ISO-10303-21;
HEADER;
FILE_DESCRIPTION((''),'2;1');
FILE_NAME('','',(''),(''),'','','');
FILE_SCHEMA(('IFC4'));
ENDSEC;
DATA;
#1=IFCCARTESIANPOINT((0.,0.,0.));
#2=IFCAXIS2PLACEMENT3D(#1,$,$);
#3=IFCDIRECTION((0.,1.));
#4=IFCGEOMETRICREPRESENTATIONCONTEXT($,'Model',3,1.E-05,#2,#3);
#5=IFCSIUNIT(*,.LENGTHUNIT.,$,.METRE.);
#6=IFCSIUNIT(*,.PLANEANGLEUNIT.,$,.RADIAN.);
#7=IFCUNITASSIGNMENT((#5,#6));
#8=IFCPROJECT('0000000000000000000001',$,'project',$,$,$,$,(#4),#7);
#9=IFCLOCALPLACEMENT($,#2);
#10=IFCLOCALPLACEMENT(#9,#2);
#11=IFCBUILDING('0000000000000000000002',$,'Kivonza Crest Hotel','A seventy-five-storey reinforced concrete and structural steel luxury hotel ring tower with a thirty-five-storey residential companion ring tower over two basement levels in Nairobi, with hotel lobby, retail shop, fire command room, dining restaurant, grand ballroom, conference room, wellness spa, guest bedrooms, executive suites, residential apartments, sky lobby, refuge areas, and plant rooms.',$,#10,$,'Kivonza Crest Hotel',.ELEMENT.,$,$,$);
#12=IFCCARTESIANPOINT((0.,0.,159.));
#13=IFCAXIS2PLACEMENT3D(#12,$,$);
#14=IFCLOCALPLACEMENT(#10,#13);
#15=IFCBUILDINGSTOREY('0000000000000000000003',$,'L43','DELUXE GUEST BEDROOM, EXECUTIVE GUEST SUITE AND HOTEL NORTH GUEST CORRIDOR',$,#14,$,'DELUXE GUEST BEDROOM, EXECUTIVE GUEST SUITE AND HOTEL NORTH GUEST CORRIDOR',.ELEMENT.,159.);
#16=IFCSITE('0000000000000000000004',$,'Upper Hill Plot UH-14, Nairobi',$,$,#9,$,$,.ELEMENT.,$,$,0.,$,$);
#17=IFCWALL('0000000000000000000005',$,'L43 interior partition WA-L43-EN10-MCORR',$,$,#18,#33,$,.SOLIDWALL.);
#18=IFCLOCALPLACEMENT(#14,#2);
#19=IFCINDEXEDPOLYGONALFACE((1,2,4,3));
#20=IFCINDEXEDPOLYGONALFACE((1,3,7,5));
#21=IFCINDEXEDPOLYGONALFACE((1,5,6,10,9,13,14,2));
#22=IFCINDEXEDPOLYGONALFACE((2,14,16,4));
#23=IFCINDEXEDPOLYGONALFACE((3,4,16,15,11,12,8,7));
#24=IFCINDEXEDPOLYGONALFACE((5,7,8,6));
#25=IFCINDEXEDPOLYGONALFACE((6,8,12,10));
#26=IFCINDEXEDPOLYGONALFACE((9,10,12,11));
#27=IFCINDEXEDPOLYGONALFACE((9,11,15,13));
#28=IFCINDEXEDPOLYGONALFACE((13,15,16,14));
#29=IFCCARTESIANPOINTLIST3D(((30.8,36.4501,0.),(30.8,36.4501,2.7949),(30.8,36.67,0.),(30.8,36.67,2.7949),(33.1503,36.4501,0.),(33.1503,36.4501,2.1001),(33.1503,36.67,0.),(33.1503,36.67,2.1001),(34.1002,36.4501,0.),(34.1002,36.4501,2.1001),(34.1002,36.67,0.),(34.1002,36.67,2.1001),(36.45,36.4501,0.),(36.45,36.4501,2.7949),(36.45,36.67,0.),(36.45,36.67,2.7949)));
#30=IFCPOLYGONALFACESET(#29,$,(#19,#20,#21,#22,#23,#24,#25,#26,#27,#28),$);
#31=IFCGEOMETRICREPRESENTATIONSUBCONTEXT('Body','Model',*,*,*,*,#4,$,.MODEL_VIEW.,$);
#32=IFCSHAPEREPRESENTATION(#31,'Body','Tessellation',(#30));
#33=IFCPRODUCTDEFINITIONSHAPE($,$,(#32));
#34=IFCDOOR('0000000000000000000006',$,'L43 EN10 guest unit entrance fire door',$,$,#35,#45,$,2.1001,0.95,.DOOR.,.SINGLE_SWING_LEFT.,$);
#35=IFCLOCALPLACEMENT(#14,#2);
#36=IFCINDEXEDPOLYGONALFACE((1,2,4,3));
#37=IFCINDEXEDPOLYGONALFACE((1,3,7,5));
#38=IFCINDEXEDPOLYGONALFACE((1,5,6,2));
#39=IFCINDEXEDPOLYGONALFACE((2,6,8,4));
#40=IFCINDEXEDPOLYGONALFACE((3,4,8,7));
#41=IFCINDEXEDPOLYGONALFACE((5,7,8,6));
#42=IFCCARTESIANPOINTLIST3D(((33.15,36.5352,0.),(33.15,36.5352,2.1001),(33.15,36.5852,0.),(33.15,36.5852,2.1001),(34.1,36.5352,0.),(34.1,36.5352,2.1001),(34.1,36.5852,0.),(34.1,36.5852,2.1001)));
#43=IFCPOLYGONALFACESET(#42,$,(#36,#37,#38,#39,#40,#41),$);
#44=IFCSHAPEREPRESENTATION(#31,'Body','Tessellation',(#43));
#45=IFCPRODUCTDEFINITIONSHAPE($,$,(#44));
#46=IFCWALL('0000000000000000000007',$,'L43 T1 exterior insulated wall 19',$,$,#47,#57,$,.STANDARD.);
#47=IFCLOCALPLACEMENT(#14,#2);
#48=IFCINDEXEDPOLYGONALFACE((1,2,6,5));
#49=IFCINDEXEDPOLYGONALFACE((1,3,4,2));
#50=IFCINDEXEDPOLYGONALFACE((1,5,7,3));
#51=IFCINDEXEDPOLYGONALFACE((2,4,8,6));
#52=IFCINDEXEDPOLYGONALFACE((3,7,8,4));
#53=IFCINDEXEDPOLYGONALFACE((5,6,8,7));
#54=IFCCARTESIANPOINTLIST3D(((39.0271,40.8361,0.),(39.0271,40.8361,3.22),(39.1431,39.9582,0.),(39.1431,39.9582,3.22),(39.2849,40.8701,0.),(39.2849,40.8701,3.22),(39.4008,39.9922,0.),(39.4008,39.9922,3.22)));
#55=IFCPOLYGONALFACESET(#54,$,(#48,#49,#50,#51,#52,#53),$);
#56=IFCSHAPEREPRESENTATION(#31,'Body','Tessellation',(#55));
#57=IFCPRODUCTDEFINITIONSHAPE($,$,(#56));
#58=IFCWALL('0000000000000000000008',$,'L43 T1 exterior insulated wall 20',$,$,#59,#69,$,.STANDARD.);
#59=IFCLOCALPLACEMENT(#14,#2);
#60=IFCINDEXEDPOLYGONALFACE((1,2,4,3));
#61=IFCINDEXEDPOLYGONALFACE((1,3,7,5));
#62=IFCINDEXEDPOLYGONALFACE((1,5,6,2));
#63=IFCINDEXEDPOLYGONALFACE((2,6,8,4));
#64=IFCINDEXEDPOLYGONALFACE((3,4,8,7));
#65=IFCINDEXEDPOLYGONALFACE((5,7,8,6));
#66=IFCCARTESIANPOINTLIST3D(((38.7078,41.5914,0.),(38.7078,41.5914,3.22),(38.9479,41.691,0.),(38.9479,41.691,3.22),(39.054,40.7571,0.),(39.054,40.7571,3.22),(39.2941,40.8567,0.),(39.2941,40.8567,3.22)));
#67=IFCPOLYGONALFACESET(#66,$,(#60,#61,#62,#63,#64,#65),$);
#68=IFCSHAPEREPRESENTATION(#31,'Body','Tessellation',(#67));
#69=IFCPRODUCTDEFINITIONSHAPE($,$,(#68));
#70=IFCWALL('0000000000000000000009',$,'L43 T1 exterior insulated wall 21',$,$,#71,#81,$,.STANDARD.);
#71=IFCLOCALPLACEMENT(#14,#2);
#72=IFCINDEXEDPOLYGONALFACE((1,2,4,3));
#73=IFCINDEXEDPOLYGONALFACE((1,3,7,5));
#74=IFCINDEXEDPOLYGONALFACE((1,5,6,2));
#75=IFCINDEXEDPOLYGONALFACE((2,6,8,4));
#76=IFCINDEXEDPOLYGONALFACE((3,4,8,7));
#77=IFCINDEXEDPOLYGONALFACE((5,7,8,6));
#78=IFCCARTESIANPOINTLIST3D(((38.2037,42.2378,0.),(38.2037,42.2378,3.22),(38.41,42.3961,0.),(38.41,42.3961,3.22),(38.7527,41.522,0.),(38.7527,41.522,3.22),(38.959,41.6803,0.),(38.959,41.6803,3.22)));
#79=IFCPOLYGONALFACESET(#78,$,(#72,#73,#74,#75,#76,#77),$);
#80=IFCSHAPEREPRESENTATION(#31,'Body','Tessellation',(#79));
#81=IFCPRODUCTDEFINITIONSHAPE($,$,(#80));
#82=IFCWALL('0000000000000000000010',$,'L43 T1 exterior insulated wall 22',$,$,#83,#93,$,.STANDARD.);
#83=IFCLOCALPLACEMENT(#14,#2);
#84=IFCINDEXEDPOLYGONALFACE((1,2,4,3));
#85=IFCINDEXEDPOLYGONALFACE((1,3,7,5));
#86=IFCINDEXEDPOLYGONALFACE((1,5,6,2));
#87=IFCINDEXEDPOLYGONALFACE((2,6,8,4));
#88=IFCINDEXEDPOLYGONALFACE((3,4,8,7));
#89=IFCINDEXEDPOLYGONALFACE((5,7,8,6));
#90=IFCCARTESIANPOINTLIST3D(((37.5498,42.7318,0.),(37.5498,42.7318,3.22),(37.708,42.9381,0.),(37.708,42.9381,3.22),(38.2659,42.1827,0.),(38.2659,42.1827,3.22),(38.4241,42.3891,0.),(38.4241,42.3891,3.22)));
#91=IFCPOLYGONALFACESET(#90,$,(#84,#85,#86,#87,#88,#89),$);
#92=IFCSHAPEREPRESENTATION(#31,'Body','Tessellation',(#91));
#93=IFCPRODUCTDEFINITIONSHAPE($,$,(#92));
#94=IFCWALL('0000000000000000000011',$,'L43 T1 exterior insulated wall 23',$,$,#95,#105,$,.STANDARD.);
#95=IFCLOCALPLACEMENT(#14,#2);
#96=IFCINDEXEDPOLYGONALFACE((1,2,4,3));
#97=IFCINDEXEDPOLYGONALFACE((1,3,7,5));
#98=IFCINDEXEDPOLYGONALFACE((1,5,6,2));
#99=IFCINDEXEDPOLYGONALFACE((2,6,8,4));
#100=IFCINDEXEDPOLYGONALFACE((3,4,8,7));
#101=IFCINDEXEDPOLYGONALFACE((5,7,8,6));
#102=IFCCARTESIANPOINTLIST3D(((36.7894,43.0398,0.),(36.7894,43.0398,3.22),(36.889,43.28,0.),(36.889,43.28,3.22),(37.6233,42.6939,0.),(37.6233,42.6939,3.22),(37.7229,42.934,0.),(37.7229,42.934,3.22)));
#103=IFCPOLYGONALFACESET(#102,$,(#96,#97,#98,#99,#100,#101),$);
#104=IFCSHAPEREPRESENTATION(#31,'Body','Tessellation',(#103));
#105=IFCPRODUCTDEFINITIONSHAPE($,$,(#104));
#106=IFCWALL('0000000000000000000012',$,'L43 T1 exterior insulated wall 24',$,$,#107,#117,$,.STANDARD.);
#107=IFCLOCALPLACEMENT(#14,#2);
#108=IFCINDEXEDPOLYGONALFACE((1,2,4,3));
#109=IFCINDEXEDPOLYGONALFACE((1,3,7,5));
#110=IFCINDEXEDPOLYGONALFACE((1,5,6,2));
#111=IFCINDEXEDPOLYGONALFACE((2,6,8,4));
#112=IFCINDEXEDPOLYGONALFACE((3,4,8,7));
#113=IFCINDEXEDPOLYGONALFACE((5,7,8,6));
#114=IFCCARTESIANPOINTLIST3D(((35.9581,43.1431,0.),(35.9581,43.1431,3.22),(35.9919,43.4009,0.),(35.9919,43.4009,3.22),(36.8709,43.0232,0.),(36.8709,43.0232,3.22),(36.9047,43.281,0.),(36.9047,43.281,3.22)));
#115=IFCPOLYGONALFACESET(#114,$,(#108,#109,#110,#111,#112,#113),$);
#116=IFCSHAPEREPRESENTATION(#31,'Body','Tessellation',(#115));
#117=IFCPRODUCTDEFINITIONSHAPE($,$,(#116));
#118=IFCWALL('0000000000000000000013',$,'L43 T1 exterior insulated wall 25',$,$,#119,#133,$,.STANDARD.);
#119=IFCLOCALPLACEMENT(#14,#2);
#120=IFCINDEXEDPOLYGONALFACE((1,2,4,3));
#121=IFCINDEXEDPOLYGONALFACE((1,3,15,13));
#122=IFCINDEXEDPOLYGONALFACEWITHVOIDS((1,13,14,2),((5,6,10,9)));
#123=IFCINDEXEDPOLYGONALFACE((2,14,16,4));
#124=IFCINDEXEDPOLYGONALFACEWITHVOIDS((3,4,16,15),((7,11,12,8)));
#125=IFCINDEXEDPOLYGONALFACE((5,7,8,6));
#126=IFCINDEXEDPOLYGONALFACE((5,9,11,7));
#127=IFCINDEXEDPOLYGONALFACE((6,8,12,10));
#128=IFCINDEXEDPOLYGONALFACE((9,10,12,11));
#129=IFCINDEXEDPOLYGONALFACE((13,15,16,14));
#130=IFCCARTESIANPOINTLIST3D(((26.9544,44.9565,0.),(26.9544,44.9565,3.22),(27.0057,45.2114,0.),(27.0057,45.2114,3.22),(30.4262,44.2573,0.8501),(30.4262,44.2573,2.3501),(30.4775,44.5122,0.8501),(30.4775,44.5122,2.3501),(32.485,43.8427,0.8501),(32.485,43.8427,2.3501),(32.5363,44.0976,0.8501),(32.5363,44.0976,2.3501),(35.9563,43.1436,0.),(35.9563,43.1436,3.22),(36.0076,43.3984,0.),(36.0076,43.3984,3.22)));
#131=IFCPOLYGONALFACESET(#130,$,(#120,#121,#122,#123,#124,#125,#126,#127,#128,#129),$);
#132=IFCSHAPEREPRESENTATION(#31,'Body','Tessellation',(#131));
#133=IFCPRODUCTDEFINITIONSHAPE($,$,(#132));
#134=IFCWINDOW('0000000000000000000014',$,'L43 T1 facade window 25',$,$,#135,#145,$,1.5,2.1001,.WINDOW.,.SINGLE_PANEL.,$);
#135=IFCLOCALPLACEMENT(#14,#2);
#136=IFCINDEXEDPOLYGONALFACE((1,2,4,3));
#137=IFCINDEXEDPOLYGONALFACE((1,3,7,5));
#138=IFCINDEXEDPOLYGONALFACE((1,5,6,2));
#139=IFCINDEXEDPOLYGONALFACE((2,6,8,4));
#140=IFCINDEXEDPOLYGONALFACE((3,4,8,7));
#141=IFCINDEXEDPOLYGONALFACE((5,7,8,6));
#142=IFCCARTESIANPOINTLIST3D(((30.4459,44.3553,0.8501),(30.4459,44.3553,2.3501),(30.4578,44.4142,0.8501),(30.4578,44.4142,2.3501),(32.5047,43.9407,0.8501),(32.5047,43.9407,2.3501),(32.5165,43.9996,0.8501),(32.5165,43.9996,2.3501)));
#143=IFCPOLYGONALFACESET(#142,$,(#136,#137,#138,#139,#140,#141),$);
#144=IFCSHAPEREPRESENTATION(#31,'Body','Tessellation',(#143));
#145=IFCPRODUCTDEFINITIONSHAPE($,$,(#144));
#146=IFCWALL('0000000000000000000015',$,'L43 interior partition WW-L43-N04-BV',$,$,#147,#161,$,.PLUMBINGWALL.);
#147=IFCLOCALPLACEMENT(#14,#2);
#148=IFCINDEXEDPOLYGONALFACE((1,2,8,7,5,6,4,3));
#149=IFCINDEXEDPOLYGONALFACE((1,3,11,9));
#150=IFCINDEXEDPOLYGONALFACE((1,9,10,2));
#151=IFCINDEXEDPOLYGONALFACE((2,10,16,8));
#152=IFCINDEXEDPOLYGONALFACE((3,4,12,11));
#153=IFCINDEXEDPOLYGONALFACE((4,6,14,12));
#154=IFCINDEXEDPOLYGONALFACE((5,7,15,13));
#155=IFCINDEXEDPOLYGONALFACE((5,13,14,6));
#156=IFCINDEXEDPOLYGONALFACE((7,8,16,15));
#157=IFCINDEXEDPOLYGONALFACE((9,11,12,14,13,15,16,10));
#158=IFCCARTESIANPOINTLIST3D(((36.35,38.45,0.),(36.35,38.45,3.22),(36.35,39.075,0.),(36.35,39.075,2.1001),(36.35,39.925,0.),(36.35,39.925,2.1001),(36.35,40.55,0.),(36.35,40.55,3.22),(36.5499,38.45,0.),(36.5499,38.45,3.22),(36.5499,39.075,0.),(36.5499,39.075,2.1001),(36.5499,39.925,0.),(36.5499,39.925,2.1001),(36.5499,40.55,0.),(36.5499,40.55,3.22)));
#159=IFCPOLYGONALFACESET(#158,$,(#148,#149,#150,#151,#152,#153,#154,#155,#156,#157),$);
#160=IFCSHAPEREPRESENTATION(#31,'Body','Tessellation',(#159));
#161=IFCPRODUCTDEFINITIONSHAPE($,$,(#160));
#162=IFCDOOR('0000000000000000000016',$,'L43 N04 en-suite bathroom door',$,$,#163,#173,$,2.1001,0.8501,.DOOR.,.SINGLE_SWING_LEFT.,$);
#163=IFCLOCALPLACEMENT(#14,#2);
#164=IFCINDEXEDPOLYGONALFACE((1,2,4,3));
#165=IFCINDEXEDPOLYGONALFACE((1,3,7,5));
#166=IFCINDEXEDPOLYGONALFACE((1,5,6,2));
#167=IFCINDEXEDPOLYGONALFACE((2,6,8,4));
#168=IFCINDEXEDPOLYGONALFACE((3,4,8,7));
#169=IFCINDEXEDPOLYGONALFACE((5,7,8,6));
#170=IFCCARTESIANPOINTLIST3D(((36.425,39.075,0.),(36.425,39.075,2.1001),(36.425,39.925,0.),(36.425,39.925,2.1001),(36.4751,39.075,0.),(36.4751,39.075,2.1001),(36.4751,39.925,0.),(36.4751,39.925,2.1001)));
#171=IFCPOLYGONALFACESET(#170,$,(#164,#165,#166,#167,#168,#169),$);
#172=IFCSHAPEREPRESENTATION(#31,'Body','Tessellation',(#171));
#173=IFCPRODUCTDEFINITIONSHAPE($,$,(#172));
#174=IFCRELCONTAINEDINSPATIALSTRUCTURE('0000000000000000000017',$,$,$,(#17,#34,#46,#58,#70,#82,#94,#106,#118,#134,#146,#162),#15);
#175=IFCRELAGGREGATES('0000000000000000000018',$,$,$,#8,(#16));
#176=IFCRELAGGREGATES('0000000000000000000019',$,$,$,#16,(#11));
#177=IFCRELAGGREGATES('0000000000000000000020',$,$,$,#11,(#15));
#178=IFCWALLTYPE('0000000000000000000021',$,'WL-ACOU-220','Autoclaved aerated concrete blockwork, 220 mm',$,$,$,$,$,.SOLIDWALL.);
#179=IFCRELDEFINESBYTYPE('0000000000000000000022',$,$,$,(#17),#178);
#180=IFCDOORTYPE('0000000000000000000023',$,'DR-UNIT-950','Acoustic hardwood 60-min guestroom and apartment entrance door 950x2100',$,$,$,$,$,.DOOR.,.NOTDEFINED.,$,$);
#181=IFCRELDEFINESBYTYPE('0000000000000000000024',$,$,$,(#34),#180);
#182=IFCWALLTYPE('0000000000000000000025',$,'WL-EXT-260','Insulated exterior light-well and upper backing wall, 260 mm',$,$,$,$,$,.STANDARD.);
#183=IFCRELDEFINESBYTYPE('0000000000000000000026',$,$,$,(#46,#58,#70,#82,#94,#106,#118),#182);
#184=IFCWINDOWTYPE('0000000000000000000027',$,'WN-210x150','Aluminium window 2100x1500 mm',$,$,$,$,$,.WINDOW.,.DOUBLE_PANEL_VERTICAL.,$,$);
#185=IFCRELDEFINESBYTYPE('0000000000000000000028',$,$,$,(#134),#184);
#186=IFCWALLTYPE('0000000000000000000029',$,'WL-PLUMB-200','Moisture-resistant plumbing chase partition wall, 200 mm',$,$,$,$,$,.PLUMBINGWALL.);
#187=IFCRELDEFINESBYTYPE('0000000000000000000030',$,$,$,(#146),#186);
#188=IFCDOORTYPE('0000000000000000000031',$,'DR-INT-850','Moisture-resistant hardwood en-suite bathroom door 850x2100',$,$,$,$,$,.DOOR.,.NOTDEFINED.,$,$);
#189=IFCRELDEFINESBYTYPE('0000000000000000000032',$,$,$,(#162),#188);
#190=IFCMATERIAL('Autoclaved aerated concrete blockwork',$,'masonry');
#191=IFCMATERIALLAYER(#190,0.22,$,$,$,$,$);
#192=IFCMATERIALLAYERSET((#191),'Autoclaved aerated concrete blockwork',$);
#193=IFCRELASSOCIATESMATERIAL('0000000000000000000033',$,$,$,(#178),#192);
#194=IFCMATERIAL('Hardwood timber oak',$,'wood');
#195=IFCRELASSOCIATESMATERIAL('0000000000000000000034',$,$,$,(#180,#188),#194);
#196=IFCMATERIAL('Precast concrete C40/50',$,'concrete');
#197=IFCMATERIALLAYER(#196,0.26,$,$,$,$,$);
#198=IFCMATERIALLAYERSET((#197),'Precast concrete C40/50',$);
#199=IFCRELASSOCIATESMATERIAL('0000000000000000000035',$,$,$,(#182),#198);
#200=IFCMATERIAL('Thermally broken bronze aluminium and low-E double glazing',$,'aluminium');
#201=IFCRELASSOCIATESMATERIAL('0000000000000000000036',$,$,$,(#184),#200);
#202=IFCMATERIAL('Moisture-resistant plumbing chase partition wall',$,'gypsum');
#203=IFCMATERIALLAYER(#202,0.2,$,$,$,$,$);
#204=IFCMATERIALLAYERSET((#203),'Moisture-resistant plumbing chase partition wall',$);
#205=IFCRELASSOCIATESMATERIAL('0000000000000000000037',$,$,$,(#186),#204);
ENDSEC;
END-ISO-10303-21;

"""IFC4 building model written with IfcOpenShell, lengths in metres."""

from ifc_helpers import new_model, si_unit, direction, frame, frame_2d, origin, place, context, subcontext, project, spatial, rectangle, extrude, material, layer, layer_set, type_object, element, fill, save


model = new_model("IFC4")

# Units and contexts
model_context = context("Model", 3, precision=1e-05, world=origin(), true_north=direction((0.0, 1.0)))
body_context = subcontext(model_context, "Body", "Model", "MODEL_VIEW")
ifc_project = project(units=[si_unit("LENGTHUNIT", "METRE"), si_unit("PLANEANGLEUNIT", "RADIAN")], contexts=[model_context])

# Site, building, storey
site_placement = place(None, origin())
site = spatial("IfcSite", under=ifc_project, at=site_placement, Name="Upper Hill Plot UH-14, Nairobi", CompositionType="ELEMENT", RefElevation=0.0)
building_placement = place(site_placement, origin())
building = spatial("IfcBuilding", under=site, at=building_placement, Name="Kivonza Crest Hotel", Description="A seventy-five-storey reinforced concrete and structural steel luxury hotel ring tower with a thirty-five-storey residential companion ring tower over two basement levels in Nairobi, with hotel lobby, retail shop, fire command room, dining restaurant, grand ballroom, conference room, wellness spa, guest bedrooms, executive suites, residential apartments, sky lobby, refuge areas, and plant rooms.", LongName="Kivonza Crest Hotel", CompositionType="ELEMENT")
storey_placement = place(building_placement, frame((0.0, 0.0, 159.0)))
storey = spatial("IfcBuildingStorey", under=building, at=storey_placement, Name="L43", Description="DELUXE GUEST BEDROOM, EXECUTIVE GUEST SUITE AND HOTEL NORTH GUEST CORRIDOR", LongName="DELUXE GUEST BEDROOM, EXECUTIVE GUEST SUITE AND HOTEL NORTH GUEST CORRIDOR", CompositionType="ELEMENT", Elevation=159.0)

# Shared definitions
ifc_material_1 = material(Name="Autoclaved aerated concrete blockwork", Category="masonry")
ifc_layer_1 = layer(ifc_material_1, 0.22)
ifc_layer_set_1 = layer_set([ifc_layer_1], Name="Autoclaved aerated concrete blockwork")
wall_type_1 = type_object("IfcWallType", Name="WL-ACOU-220", Description="Autoclaved aerated concrete blockwork, 220 mm", PredefinedType="SOLIDWALL", material=ifc_layer_set_1)

# Wall, opening, door
wall_1_placement = place(storey_placement, frame((30.8, 36.5601, 0.0), z_axis=(0.0, 0.0, 1.0), x_axis=(1.0, 0.0, 0.0)))
wall_1 = element("IfcWall", 1, at=wall_1_placement, inside=storey, type_object=wall_type_1, Name="L43 interior partition WA-L43-EN10-MCORR", PredefinedType="SOLIDWALL", context=body_context, shape_type="SweptSolid", body=[
    extrude(rectangle(XDim=5.6499, YDim=0.22, at=frame_2d((2.825, 0.0))), origin(), (0.0, 0.0, 1.0), 2.7949),
])
opening_1_placement = place(wall_1_placement, frame((2.3501, 0.0, 0.0)))
opening_1 = element("IfcOpeningElement", 2, at=opening_1_placement, cuts=wall_1, PredefinedType="OPENING", context=body_context, shape_type="SweptSolid", body=[
    extrude(rectangle(XDim=0.95, YDim=2.1001, at=frame_2d((0.4751, 1.05))), frame((0.0, 0.1201, 0.0), z_axis=(0.0, -1.0, 0.0), x_axis=(1.0, 0.0, 0.0)), (0.0, 0.0, 1.0), 0.24),
])
ifc_material_2 = material(Name="Hardwood timber oak", Category="wood")
door_type_1 = type_object("IfcDoorType", Name="DR-UNIT-950", Description="Acoustic hardwood 60-min guestroom and apartment entrance door 950x2100", OperationType="NOTDEFINED", PredefinedType="DOOR", material=ifc_material_2)
door_1_placement = place(opening_1_placement, frame((0.95, 0.0, 0.0), z_axis=(0.0, 0.0, 1.0), x_axis=(-1.0, 0.0, 0.0)))
door_1 = element("IfcDoor", 3, at=door_1_placement, inside=storey, type_object=door_type_1, Name="L43 EN10 guest unit entrance fire door", OperationType="SINGLE_SWING_LEFT", OverallHeight=2.1001, OverallWidth=0.95, PredefinedType="DOOR", context=body_context, shape_type="SweptSolid", body=[
    extrude(rectangle(XDim=0.95, YDim=2.1001, at=frame_2d((0.4751, 1.05))), frame((0.0, 0.0249, 0.0), z_axis=(0.0, -1.0, 0.0), x_axis=(1.0, 0.0, 0.0)), (0.0, 0.0, 1.0), 0.05),
])
fill(opening_1, door_1)

# Walls
ifc_material_3 = material(Name="Precast concrete C40/50", Category="concrete")
ifc_layer_2 = layer(ifc_material_3, 0.26)
ifc_layer_set_2 = layer_set([ifc_layer_2], Name="Precast concrete C40/50")
wall_type_2 = type_object("IfcWallType", Name="WL-EXT-260", Description="Insulated exterior light-well and upper backing wall, 260 mm", PredefinedType="STANDARD", material=ifc_layer_set_2)
wall_2_placement = place(storey_placement, frame((39.272, 39.9751, 0.0), z_axis=(0.0, 0.0, 1.0), x_axis=(-0.130954, 0.991388, 0.0)))
element("IfcWall", 4, at=wall_2_placement, inside=storey, type_object=wall_type_2, Name="L43 T1 exterior insulated wall 19", PredefinedType="STANDARD", context=body_context, shape_type="SweptSolid", body=[
    extrude(rectangle(XDim=0.8855, YDim=0.26, at=frame_2d((0.4429, 0.0))), origin(), (0.0, 0.0, 1.0), 3.22),
])
wall_3_placement = place(storey_placement, frame((39.1741, 40.8069, 0.0), z_axis=(0.0, 0.0, 1.0), x_axis=(-0.383291, 0.923628, 0.0)))
element("IfcWall", 5, at=wall_3_placement, inside=storey, type_object=wall_type_2, Name="L43 T1 exterior insulated wall 20", PredefinedType="STANDARD", context=body_context, shape_type="SweptSolid", body=[
    extrude(rectangle(XDim=0.9033, YDim=0.26, at=frame_2d((0.4517, 0.0))), origin(), (0.0, 0.0, 1.0), 3.22),
])
wall_4_placement = place(storey_placement, frame((38.856, 41.6011, 0.0), z_axis=(0.0, 0.0, 1.0), x_axis=(-0.608625, 0.793458, 0.0)))
element("IfcWall", 6, at=wall_4_placement, inside=storey, type_object=wall_type_2, Name="L43 T1 exterior insulated wall 21", PredefinedType="STANDARD", context=body_context, shape_type="SweptSolid", body=[
    extrude(rectangle(XDim=0.9021, YDim=0.26, at=frame_2d((0.4512, 0.0))), origin(), (0.0, 0.0, 1.0), 3.22),
])
wall_5_placement = place(storey_placement, frame((38.345, 42.2859, 0.0), z_axis=(0.0, 0.0, 1.0), x_axis=(-0.793558, 0.608494, 0.0)))
element("IfcWall", 7, at=wall_5_placement, inside=storey, type_object=wall_type_2, Name="L43 T1 exterior insulated wall 22", PredefinedType="STANDARD", context=body_context, shape_type="SweptSolid", body=[
    extrude(rectangle(XDim=0.9023, YDim=0.26, at=frame_2d((0.4512, 0.0))), origin(), (0.0, 0.0, 1.0), 3.22),
])
wall_6_placement = place(storey_placement, frame((37.6731, 42.814, 0.0), z_axis=(0.0, 0.0, 1.0), x_axis=(-0.923684, 0.383156, 0.0)))
element("IfcWall", 8, at=wall_6_placement, inside=storey, type_object=wall_type_2, Name="L43 T1 exterior insulated wall 23", PredefinedType="STANDARD", context=body_context, shape_type="SweptSolid", body=[
    extrude(rectangle(XDim=0.9028, YDim=0.26, at=frame_2d((0.4514, 0.0))), origin(), (0.0, 0.0, 1.0), 3.22),
])
wall_7_placement = place(storey_placement, frame((36.8879, 43.1521, 0.0), z_axis=(0.0, 0.0, 1.0), x_axis=(-0.991488, 0.130201, 0.0)))
element("IfcWall", 9, at=wall_7_placement, inside=storey, type_object=wall_type_2, Name="L43 T1 exterior insulated wall 24", PredefinedType="STANDARD", context=body_context, shape_type="SweptSolid", body=[
    extrude(rectangle(XDim=0.9207, YDim=0.26, at=frame_2d((0.4604, 0.0))), origin(), (0.0, 0.0, 1.0), 3.22),
])

# Wall, opening, window
wall_8_placement = place(storey_placement, frame((35.9819, 43.271, 0.0), z_axis=(0.0, 0.0, 1.0), x_axis=(-0.980316, 0.197435, 0.0)))
wall_8 = element("IfcWall", 10, at=wall_8_placement, inside=storey, type_object=wall_type_2, Name="L43 T1 exterior insulated wall 25", PredefinedType="STANDARD", context=body_context, shape_type="SweptSolid", body=[
    extrude(rectangle(XDim=9.1826, YDim=0.26, at=frame_2d((4.5913, 0.0))), origin(), (0.0, 0.0, 1.0), 3.22),
])
opening_2_placement = place(wall_8_placement, frame((3.541, 0.0, 0.8501)))
opening_2 = element("IfcOpeningElement", 11, at=opening_2_placement, cuts=wall_8, PredefinedType="OPENING", context=body_context, shape_type="SweptSolid", body=[
    extrude(rectangle(XDim=2.1001, YDim=1.5, at=frame_2d((1.05, 0.75))), frame((0.0, 0.1401, 0.0), z_axis=(0.0, -1.0, 0.0), x_axis=(1.0, 0.0, 0.0)), (0.0, 0.0, 1.0), 0.28),
])
ifc_material_4 = material(Name="Thermally broken bronze aluminium and low-E double glazing", Category="aluminium")
window_type = type_object("IfcWindowType", Name="WN-210x150", Description="Aluminium window 2100x1500 mm", PartitioningType="DOUBLE_PANEL_VERTICAL", PredefinedType="WINDOW", material=ifc_material_4)
window_placement = place(opening_2_placement, origin())
window = element("IfcWindow", 12, at=window_placement, inside=storey, type_object=window_type, Name="L43 T1 facade window 25", OverallHeight=1.5, OverallWidth=2.1001, PartitioningType="SINGLE_PANEL", PredefinedType="WINDOW", context=body_context, shape_type="SweptSolid", body=[
    extrude(rectangle(XDim=2.1001, YDim=1.5, at=frame_2d((1.05, 0.75))), frame((0.0, 0.03, 0.0), z_axis=(0.0, -1.0, 0.0), x_axis=(1.0, 0.0, 0.0)), (0.0, 0.0, 1.0), 0.0601),
])
fill(opening_2, window)

# Wall, opening, door
ifc_material_5 = material(Name="Moisture-resistant plumbing chase partition wall", Category="gypsum")
ifc_layer_3 = layer(ifc_material_5, 0.2)
ifc_layer_set_3 = layer_set([ifc_layer_3], Name="Moisture-resistant plumbing chase partition wall")
wall_type_3 = type_object("IfcWallType", Name="WL-PLUMB-200", Description="Moisture-resistant plumbing chase partition wall, 200 mm", PredefinedType="PLUMBINGWALL", material=ifc_layer_set_3)
wall_9_placement = place(storey_placement, frame((36.45, 38.45, 0.0), z_axis=(0.0, 0.0, 1.0), x_axis=(0.0, 1.0, 0.0)))
wall_9 = element("IfcWall", 13, at=wall_9_placement, inside=storey, type_object=wall_type_3, Name="L43 interior partition WW-L43-N04-BV", PredefinedType="PLUMBINGWALL", context=body_context, shape_type="SweptSolid", body=[
    extrude(rectangle(XDim=2.1001, YDim=0.2, at=frame_2d((1.05, 0.0))), origin(), (0.0, 0.0, 1.0), 3.22),
])
opening_3_placement = place(wall_9_placement, frame((0.625, 0.0, 0.0)))
opening_3 = element("IfcOpeningElement", 14, at=opening_3_placement, cuts=wall_9, PredefinedType="OPENING", context=body_context, shape_type="SweptSolid", body=[
    extrude(rectangle(XDim=0.8501, YDim=2.1001, at=frame_2d((0.425, 1.05))), frame((0.0, 0.1099, 0.0), z_axis=(0.0, -1.0, 0.0), x_axis=(1.0, 0.0, 0.0)), (0.0, 0.0, 1.0), 0.22),
])
door_type_2 = type_object("IfcDoorType", Name="DR-INT-850", Description="Moisture-resistant hardwood en-suite bathroom door 850x2100", OperationType="NOTDEFINED", PredefinedType="DOOR", material=ifc_material_2)
door_2_placement = place(opening_3_placement, origin())
door_2 = element("IfcDoor", 15, at=door_2_placement, inside=storey, type_object=door_type_2, Name="L43 N04 en-suite bathroom door", OperationType="SINGLE_SWING_LEFT", OverallHeight=2.1001, OverallWidth=0.8501, PredefinedType="DOOR", context=body_context, shape_type="SweptSolid", body=[
    extrude(rectangle(XDim=0.8501, YDim=2.1001, at=frame_2d((0.425, 1.05))), frame((0.0, 0.0249, 0.0), z_axis=(0.0, -1.0, 0.0), x_axis=(1.0, 0.0, 0.0)), (0.0, 0.0, 1.0), 0.05),
])
fill(opening_3, door_2)

save(model, "model.ifc")
